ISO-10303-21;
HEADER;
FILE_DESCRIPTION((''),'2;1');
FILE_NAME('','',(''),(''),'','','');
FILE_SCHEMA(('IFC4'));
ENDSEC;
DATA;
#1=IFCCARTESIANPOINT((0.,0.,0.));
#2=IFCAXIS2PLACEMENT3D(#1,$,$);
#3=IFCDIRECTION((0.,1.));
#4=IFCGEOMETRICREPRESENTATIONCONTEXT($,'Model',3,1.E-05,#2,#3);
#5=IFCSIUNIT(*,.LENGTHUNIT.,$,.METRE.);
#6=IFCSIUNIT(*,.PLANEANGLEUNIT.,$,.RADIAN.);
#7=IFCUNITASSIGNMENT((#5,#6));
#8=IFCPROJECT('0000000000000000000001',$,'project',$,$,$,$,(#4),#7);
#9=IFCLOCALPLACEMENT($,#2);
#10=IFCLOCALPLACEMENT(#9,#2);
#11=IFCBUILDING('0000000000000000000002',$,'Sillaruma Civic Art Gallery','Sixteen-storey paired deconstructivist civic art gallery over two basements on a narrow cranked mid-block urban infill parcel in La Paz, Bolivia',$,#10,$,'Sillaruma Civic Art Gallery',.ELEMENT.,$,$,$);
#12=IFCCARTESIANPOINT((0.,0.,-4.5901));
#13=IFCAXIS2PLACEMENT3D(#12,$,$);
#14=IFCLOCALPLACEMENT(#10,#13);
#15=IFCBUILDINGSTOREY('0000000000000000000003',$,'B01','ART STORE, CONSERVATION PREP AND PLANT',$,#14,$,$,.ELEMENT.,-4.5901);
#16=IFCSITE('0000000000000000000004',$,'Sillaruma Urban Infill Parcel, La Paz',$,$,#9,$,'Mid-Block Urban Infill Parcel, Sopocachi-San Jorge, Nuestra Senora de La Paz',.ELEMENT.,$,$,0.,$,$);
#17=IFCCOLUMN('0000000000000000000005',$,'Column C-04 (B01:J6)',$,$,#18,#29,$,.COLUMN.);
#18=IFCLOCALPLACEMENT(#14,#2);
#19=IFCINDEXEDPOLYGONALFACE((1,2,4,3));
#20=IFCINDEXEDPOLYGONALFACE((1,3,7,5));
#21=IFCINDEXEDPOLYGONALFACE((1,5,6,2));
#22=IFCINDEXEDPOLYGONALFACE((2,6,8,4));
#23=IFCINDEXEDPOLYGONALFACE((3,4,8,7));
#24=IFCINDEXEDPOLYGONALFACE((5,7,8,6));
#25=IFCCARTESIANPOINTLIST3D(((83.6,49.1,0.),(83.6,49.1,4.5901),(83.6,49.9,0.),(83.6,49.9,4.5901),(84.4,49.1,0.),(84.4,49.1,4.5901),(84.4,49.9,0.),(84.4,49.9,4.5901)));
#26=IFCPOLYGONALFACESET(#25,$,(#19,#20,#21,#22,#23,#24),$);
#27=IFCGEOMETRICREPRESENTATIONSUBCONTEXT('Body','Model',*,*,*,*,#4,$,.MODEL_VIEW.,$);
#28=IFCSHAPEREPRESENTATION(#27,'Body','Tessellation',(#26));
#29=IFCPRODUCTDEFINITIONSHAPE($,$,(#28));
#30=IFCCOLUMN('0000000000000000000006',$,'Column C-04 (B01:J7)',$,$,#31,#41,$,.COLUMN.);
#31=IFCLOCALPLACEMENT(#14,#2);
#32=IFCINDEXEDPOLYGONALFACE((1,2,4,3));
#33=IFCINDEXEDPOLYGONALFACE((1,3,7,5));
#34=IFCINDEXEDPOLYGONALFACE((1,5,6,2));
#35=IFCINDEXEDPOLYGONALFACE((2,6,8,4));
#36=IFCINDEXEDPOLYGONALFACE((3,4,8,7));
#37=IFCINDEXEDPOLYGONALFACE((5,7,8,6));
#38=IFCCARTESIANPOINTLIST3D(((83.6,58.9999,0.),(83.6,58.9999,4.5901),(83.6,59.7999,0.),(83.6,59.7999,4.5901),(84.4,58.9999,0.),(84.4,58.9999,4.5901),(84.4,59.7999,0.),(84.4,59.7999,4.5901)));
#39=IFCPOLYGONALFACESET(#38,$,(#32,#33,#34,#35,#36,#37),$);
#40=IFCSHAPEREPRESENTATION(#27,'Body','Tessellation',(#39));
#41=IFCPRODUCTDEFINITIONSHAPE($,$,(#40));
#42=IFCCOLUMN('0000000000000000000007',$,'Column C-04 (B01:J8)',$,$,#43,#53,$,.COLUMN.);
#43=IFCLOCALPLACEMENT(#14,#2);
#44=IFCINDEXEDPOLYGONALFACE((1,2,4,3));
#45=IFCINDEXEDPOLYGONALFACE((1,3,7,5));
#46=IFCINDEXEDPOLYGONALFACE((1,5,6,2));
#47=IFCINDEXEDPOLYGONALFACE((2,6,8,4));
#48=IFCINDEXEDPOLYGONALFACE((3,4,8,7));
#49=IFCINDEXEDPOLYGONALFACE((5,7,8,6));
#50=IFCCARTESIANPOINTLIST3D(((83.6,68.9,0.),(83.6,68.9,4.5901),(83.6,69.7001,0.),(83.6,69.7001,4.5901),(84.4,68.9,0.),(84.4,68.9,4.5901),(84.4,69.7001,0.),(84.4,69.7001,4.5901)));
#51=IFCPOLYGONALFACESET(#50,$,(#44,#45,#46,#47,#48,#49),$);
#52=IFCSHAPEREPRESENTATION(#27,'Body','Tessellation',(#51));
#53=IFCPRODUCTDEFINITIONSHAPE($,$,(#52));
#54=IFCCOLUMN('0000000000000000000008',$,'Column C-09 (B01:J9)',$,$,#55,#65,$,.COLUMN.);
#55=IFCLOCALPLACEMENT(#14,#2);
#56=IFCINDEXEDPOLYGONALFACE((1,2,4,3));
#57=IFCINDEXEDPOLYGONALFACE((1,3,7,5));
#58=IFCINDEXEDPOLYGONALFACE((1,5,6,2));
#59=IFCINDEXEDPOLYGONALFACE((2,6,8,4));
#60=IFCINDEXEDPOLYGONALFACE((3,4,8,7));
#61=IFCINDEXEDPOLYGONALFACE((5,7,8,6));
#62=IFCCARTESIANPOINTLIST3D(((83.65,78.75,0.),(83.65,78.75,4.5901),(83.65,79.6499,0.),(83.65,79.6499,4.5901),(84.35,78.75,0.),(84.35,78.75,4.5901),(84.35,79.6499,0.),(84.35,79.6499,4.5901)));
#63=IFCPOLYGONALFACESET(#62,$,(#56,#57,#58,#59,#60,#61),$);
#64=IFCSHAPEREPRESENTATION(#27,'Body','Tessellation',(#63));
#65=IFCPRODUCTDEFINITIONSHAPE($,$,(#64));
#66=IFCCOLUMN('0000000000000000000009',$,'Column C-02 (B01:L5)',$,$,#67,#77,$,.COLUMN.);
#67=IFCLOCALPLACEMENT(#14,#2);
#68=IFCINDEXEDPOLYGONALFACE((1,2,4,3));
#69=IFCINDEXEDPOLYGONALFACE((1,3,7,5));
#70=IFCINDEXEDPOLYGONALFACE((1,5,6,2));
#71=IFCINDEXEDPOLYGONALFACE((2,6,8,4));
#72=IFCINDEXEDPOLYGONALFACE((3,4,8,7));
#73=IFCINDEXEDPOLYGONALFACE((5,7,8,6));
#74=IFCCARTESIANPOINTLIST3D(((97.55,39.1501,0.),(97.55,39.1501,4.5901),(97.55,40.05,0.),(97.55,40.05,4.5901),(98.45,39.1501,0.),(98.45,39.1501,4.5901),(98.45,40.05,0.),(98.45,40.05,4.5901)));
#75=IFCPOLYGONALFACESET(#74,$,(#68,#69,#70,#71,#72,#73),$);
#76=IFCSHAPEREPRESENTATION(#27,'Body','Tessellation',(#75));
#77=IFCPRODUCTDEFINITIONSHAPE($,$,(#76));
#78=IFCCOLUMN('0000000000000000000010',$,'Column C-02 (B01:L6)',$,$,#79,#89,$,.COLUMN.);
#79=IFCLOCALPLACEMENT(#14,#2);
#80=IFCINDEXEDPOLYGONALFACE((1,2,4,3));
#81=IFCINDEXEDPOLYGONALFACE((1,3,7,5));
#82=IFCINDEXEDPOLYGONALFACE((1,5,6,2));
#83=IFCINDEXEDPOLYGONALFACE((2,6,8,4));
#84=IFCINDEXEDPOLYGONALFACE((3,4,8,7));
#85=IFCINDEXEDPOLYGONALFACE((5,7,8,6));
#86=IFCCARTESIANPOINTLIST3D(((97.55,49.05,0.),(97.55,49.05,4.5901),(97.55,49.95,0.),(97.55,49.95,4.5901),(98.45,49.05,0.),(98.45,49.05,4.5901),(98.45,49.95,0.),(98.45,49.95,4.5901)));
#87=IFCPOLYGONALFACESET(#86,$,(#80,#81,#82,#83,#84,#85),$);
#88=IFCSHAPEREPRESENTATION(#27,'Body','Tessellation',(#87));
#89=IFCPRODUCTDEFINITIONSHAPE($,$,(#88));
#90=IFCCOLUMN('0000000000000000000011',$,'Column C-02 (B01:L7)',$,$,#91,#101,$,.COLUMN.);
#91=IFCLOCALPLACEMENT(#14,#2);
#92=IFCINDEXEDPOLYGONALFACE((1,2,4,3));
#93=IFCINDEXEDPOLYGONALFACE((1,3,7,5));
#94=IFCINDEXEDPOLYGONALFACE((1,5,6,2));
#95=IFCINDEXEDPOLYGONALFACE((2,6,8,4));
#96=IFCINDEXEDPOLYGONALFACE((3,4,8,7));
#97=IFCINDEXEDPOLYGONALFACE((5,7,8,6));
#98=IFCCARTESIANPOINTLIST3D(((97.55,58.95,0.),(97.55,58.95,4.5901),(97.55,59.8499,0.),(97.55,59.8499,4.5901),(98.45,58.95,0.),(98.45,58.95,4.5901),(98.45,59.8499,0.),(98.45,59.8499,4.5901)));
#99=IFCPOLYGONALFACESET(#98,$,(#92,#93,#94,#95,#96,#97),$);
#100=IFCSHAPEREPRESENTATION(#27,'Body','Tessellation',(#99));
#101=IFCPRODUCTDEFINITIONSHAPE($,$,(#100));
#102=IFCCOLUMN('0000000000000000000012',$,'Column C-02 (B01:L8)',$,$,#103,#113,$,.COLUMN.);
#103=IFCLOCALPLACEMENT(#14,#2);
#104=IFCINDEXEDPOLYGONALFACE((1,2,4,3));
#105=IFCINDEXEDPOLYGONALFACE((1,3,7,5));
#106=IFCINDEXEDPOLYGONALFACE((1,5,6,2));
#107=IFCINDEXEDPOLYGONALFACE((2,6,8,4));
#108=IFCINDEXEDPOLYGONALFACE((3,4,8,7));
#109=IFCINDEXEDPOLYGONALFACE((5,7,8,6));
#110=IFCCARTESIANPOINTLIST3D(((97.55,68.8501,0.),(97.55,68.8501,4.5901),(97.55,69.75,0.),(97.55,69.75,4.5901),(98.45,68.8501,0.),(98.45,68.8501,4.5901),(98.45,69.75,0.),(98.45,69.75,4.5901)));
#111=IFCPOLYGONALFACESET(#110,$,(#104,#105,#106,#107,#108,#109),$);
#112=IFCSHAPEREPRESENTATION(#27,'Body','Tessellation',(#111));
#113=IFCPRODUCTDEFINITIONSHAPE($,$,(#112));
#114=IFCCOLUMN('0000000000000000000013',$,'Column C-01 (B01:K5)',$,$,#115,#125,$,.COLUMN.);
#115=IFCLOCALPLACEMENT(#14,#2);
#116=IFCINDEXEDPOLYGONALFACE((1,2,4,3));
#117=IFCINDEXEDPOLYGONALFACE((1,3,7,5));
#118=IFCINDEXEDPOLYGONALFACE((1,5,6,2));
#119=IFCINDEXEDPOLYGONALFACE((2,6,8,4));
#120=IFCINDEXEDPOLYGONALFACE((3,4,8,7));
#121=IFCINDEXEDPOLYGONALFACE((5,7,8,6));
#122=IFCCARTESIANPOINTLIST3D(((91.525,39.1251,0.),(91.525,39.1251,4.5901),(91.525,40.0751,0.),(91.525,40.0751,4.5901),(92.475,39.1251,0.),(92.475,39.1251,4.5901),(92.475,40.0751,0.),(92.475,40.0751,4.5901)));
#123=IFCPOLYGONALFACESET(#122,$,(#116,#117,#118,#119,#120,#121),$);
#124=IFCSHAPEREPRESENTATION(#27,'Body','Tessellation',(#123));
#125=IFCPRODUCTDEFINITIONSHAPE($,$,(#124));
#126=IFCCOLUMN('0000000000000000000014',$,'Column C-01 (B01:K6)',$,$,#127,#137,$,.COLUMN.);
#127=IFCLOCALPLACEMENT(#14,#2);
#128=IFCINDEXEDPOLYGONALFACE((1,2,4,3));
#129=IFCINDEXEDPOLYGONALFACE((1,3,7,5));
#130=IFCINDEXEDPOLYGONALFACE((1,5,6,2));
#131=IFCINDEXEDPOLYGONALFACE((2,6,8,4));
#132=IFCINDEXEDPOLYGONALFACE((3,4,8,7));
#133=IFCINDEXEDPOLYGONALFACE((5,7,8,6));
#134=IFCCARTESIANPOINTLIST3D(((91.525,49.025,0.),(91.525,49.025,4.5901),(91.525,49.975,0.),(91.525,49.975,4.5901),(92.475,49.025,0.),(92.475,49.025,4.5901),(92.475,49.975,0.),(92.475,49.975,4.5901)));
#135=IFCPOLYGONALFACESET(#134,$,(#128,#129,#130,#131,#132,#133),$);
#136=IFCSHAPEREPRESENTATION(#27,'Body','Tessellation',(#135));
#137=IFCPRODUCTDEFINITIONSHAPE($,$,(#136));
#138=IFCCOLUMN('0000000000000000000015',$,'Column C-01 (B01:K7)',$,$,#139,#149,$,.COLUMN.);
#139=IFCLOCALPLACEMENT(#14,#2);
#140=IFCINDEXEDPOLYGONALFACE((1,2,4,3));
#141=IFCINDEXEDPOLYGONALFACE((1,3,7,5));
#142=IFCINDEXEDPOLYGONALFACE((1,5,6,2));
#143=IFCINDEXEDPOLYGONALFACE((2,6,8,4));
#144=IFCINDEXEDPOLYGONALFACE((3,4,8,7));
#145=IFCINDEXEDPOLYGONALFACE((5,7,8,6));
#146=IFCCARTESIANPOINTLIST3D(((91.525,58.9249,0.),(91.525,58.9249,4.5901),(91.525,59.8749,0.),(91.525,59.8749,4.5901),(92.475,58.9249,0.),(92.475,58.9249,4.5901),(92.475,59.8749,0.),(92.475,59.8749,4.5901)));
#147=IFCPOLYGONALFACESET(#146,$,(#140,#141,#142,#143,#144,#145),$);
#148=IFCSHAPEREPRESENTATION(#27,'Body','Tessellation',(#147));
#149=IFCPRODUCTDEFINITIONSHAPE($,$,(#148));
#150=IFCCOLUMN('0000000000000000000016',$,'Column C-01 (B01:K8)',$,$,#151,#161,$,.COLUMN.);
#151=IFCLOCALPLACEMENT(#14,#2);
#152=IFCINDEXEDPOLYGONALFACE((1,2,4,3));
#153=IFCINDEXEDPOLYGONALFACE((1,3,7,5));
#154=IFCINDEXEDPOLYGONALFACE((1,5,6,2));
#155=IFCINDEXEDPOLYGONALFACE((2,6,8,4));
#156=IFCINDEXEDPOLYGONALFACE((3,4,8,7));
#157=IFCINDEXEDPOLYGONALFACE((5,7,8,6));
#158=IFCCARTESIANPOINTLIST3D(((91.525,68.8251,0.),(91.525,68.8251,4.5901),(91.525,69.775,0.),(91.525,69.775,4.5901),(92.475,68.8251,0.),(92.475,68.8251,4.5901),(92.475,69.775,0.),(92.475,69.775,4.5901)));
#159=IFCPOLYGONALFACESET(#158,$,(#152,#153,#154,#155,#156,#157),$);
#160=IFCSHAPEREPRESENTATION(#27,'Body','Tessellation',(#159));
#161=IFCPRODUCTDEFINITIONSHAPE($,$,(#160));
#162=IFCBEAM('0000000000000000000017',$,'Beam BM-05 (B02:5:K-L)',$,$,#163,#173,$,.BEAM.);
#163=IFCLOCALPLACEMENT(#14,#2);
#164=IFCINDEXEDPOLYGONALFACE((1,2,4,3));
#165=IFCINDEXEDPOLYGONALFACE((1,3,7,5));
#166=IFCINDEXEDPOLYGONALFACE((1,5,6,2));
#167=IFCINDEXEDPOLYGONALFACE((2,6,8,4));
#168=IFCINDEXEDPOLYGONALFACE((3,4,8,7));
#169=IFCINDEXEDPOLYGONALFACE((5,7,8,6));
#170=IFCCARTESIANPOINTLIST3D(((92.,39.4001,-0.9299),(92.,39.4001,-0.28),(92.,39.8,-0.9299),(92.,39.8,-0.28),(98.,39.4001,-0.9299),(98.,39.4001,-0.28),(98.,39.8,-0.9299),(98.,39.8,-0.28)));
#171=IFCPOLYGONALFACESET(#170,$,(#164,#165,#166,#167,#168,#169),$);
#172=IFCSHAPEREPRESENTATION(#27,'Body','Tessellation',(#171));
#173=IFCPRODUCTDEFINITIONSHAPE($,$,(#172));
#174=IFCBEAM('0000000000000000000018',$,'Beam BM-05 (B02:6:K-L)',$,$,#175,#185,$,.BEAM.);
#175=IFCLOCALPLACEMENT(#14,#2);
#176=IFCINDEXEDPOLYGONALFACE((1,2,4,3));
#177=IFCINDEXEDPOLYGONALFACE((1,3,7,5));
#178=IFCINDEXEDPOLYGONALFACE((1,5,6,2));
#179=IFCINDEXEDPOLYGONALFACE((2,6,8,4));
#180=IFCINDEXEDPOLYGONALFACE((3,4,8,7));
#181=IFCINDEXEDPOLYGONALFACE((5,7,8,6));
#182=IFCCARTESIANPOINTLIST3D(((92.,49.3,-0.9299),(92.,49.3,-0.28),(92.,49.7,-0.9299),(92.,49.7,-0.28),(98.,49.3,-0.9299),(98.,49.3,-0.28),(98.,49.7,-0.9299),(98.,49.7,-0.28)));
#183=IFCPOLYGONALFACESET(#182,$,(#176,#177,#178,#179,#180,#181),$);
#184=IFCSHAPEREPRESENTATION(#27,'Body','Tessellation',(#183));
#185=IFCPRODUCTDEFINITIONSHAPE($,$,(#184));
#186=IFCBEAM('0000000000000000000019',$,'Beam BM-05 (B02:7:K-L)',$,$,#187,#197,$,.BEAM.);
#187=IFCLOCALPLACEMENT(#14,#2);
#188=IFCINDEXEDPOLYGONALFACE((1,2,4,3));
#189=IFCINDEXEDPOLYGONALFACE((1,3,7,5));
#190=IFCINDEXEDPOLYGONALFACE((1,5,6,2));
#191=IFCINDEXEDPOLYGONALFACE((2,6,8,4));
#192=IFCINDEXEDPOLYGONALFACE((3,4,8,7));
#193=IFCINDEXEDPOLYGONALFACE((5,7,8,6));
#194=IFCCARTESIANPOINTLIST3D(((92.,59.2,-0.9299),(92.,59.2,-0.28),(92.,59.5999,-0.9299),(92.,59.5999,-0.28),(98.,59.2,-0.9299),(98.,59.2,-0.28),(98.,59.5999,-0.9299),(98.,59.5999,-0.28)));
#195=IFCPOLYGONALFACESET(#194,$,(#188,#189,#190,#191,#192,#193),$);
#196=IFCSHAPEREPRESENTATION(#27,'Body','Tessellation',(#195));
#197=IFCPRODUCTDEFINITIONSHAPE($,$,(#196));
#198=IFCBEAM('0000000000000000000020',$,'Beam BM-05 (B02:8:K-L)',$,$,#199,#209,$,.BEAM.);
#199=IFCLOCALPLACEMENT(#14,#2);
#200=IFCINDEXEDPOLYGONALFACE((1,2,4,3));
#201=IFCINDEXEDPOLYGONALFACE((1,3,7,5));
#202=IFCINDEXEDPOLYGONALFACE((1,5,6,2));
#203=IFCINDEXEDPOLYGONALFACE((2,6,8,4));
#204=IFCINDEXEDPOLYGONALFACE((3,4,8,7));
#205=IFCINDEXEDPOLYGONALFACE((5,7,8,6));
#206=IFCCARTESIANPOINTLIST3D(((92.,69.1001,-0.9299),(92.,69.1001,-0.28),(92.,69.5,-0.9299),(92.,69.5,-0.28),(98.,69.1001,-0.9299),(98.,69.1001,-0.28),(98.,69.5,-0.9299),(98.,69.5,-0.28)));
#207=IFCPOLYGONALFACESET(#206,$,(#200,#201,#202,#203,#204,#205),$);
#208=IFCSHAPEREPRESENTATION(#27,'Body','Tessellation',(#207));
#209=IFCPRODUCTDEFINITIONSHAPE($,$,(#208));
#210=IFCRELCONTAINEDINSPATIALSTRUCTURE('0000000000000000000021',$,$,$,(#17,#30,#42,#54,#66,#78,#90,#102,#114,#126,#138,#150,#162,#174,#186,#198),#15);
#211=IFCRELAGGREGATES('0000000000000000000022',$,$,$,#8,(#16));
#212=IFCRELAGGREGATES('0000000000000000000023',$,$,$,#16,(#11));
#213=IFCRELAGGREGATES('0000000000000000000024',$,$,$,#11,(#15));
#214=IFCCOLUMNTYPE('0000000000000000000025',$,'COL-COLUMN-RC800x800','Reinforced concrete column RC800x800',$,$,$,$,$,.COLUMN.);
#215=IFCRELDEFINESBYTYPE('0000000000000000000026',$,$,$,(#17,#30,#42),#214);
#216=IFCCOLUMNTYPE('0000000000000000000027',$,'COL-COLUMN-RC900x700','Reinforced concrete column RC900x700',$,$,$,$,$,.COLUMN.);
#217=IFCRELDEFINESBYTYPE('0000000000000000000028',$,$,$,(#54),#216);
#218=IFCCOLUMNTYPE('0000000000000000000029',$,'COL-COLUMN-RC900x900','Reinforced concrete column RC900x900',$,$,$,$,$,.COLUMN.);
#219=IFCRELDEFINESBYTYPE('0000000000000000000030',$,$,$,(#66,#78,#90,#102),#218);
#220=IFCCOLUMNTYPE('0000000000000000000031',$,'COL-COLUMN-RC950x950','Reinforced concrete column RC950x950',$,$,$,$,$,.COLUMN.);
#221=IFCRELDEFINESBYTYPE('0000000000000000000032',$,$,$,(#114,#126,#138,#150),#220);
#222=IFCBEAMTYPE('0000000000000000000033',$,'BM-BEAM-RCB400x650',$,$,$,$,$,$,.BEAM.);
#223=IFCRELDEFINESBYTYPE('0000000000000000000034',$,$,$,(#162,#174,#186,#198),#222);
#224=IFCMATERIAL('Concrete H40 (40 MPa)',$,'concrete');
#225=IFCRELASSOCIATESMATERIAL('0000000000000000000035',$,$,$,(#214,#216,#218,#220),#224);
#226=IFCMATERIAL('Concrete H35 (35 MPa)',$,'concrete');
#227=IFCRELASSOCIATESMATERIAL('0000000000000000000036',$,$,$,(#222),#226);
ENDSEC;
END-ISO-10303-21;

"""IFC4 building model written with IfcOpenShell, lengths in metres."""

from ifc_helpers import new_model, si_unit, direction, frame, origin, origin_2d, place, context, subcontext, project, spatial, rectangle, extrude, material, material_profile, profile_set, type_object, element, save


model = new_model("IFC4")

# Units and contexts
model_context = context("Model", 3, precision=1e-05, world=origin(), true_north=direction((0.0, 1.0)))
body_context = subcontext(model_context, "Body", "Model", "MODEL_VIEW")
ifc_project = project(units=[si_unit("LENGTHUNIT", "METRE"), si_unit("PLANEANGLEUNIT", "RADIAN")], contexts=[model_context])

# Site, building, storey
site_placement = place(None, origin())
site = spatial("IfcSite", under=ifc_project, at=site_placement, Name="Sillaruma Urban Infill Parcel, La Paz", LongName="Mid-Block Urban Infill Parcel, Sopocachi-San Jorge, Nuestra Senora de La Paz", CompositionType="ELEMENT", RefElevation=0.0)
building_placement = place(site_placement, origin())
building = spatial("IfcBuilding", under=site, at=building_placement, Name="Sillaruma Civic Art Gallery", Description="Sixteen-storey paired deconstructivist civic art gallery over two basements on a narrow cranked mid-block urban infill parcel in La Paz, Bolivia", LongName="Sillaruma Civic Art Gallery", CompositionType="ELEMENT")
storey_placement = place(building_placement, frame((0.0, 0.0, -4.5901)))
storey = spatial("IfcBuildingStorey", under=building, at=storey_placement, Name="B01", Description="ART STORE, CONSERVATION PREP AND PLANT", CompositionType="ELEMENT", Elevation=-4.5901)

# Columns
ifc_material_1 = material(Name="Concrete H40 (40 MPa)", Category="concrete")
ifc_material_profile_1 = material_profile(ifc_material_1, rectangle(XDim=0.8, YDim=0.8, at=origin_2d()), Name="RC800x800")
ifc_profile_set_1 = profile_set([ifc_material_profile_1], Name="Concrete H40 (40 MPa)")
column_type_1 = type_object("IfcColumnType", Name="COL-COLUMN-RC800x800", Description="Reinforced concrete column RC800x800", PredefinedType="COLUMN", material=ifc_profile_set_1)
for number, where, z_axis, x_axis, name in (
    (1, (84.0, 49.5, 0.0), (0.0, 0.0, 1.0), (1.0, 0.0, 0.0), "Column C-04 (B01:J6)"),
    (2, (84.0, 59.3999, 0.0), (0.0, 0.0, 1.0), (1.0, 0.0, 0.0), "Column C-04 (B01:J7)"),
    (3, (84.0, 69.3, 0.0), (0.0, 0.0, 1.0), (1.0, 0.0, 0.0), "Column C-04 (B01:J8)"),
):
    element("IfcColumn", number, at=place(storey_placement, frame(where, z_axis=z_axis, x_axis=x_axis)), inside=storey, type_object=column_type_1, Name=name, PredefinedType="COLUMN", context=body_context, shape_type="SweptSolid", body=[
        extrude(rectangle(XDim=0.8, YDim=0.8, at=origin_2d()), origin(), (0.0, 0.0, 1.0), 4.5901),
    ])
ifc_material_profile_2 = material_profile(ifc_material_1, rectangle(XDim=0.7, YDim=0.8999, at=origin_2d()), Name="RC900x700")
ifc_profile_set_2 = profile_set([ifc_material_profile_2], Name="Concrete H40 (40 MPa)")
column_type_2 = type_object("IfcColumnType", Name="COL-COLUMN-RC900x700", Description="Reinforced concrete column RC900x700", PredefinedType="COLUMN", material=ifc_profile_set_2)
column_placement = place(storey_placement, frame((84.0, 79.2, 0.0), z_axis=(0.0, 0.0, 1.0), x_axis=(1.0, 0.0, 0.0)))
element("IfcColumn", 4, at=column_placement, inside=storey, type_object=column_type_2, Name="Column C-09 (B01:J9)", PredefinedType="COLUMN", context=body_context, shape_type="SweptSolid", body=[
    extrude(rectangle(XDim=0.7, YDim=0.8999, at=origin_2d()), origin(), (0.0, 0.0, 1.0), 4.5901),
])
ifc_material_profile_3 = material_profile(ifc_material_1, rectangle(XDim=0.8999, YDim=0.8999, at=origin_2d()), Name="RC900x900")
ifc_profile_set_3 = profile_set([ifc_material_profile_3], Name="Concrete H40 (40 MPa)")
column_type_3 = type_object("IfcColumnType", Name="COL-COLUMN-RC900x900", Description="Reinforced concrete column RC900x900", PredefinedType="COLUMN", material=ifc_profile_set_3)
for number, where, z_axis, x_axis, name in (
    (5, (98.0, 39.6001, 0.0), (0.0, 0.0, 1.0), (1.0, 0.0, 0.0), "Column C-02 (B01:L5)"),
    (6, (98.0, 49.5, 0.0), (0.0, 0.0, 1.0), (1.0, 0.0, 0.0), "Column C-02 (B01:L6)"),
    (7, (98.0, 59.3999, 0.0), (0.0, 0.0, 1.0), (1.0, 0.0, 0.0), "Column C-02 (B01:L7)"),
    (8, (98.0, 69.3, 0.0), (0.0, 0.0, 1.0), (1.0, 0.0, 0.0), "Column C-02 (B01:L8)"),
):
    element("IfcColumn", number, at=place(storey_placement, frame(where, z_axis=z_axis, x_axis=x_axis)), inside=storey, type_object=column_type_3, Name=name, PredefinedType="COLUMN", context=body_context, shape_type="SweptSolid", body=[
        extrude(rectangle(XDim=0.8999, YDim=0.8999, at=origin_2d()), origin(), (0.0, 0.0, 1.0), 4.5901),
    ])
ifc_material_profile_4 = material_profile(ifc_material_1, rectangle(XDim=0.95, YDim=0.95, at=origin_2d()), Name="RC950x950")
ifc_profile_set_4 = profile_set([ifc_material_profile_4], Name="Concrete H40 (40 MPa)")
column_type_4 = type_object("IfcColumnType", Name="COL-COLUMN-RC950x950", Description="Reinforced concrete column RC950x950", PredefinedType="COLUMN", material=ifc_profile_set_4)
for number, where, z_axis, x_axis, name in (
    (9, (92.0, 39.6001, 0.0), (0.0, 0.0, 1.0), (1.0, 0.0, 0.0), "Column C-01 (B01:K5)"),
    (10, (92.0, 49.5, 0.0), (0.0, 0.0, 1.0), (1.0, 0.0, 0.0), "Column C-01 (B01:K6)"),
    (11, (92.0, 59.3999, 0.0), (0.0, 0.0, 1.0), (1.0, 0.0, 0.0), "Column C-01 (B01:K7)"),
    (12, (92.0, 69.3, 0.0), (0.0, 0.0, 1.0), (1.0, 0.0, 0.0), "Column C-01 (B01:K8)"),
):
    element("IfcColumn", number, at=place(storey_placement, frame(where, z_axis=z_axis, x_axis=x_axis)), inside=storey, type_object=column_type_4, Name=name, PredefinedType="COLUMN", context=body_context, shape_type="SweptSolid", body=[
        extrude(rectangle(XDim=0.95, YDim=0.95, at=origin_2d()), origin(), (0.0, 0.0, 1.0), 4.5901),
    ])

# Beams
ifc_material_2 = material(Name="Concrete H35 (35 MPa)", Category="concrete")
ifc_material_profile_5 = material_profile(ifc_material_2, rectangle(XDim=0.3999, YDim=0.6499, at=origin_2d()), Name="RCB400x650")
ifc_profile_set_5 = profile_set([ifc_material_profile_5], Name="Concrete H35 (35 MPa)")
beam_type_1 = type_object("IfcBeamType", Name="BM-BEAM-RCB400x650", PredefinedType="BEAM", material=ifc_profile_set_5)
for number, where, z_axis, x_axis, name in (
    (13, (92.0, 39.6001, -0.605), (1.0, 0.0, 0.0), (0.0, 1.0, 0.0), "Beam BM-05 (B02:5:K-L)"),
    (14, (92.0, 49.5, -0.605), (1.0, 0.0, 0.0), (0.0, 1.0, 0.0), "Beam BM-05 (B02:6:K-L)"),
    (15, (92.0, 59.3999, -0.605), (1.0, 0.0, 0.0), (0.0, 1.0, 0.0), "Beam BM-05 (B02:7:K-L)"),
    (16, (92.0, 69.3, -0.605), (1.0, 0.0, 0.0), (0.0, 1.0, 0.0), "Beam BM-05 (B02:8:K-L)"),
):
    element("IfcBeam", number, at=place(storey_placement, frame(where, z_axis=z_axis, x_axis=x_axis)), inside=storey, type_object=beam_type_1, Name=name, PredefinedType="BEAM", context=body_context, shape_type="SweptSolid", body=[
        extrude(rectangle(XDim=0.3999, YDim=0.6499, at=origin_2d()), origin(), (0.0, 0.0, 1.0), 6.0),
    ])

save(model, "model.ifc")
